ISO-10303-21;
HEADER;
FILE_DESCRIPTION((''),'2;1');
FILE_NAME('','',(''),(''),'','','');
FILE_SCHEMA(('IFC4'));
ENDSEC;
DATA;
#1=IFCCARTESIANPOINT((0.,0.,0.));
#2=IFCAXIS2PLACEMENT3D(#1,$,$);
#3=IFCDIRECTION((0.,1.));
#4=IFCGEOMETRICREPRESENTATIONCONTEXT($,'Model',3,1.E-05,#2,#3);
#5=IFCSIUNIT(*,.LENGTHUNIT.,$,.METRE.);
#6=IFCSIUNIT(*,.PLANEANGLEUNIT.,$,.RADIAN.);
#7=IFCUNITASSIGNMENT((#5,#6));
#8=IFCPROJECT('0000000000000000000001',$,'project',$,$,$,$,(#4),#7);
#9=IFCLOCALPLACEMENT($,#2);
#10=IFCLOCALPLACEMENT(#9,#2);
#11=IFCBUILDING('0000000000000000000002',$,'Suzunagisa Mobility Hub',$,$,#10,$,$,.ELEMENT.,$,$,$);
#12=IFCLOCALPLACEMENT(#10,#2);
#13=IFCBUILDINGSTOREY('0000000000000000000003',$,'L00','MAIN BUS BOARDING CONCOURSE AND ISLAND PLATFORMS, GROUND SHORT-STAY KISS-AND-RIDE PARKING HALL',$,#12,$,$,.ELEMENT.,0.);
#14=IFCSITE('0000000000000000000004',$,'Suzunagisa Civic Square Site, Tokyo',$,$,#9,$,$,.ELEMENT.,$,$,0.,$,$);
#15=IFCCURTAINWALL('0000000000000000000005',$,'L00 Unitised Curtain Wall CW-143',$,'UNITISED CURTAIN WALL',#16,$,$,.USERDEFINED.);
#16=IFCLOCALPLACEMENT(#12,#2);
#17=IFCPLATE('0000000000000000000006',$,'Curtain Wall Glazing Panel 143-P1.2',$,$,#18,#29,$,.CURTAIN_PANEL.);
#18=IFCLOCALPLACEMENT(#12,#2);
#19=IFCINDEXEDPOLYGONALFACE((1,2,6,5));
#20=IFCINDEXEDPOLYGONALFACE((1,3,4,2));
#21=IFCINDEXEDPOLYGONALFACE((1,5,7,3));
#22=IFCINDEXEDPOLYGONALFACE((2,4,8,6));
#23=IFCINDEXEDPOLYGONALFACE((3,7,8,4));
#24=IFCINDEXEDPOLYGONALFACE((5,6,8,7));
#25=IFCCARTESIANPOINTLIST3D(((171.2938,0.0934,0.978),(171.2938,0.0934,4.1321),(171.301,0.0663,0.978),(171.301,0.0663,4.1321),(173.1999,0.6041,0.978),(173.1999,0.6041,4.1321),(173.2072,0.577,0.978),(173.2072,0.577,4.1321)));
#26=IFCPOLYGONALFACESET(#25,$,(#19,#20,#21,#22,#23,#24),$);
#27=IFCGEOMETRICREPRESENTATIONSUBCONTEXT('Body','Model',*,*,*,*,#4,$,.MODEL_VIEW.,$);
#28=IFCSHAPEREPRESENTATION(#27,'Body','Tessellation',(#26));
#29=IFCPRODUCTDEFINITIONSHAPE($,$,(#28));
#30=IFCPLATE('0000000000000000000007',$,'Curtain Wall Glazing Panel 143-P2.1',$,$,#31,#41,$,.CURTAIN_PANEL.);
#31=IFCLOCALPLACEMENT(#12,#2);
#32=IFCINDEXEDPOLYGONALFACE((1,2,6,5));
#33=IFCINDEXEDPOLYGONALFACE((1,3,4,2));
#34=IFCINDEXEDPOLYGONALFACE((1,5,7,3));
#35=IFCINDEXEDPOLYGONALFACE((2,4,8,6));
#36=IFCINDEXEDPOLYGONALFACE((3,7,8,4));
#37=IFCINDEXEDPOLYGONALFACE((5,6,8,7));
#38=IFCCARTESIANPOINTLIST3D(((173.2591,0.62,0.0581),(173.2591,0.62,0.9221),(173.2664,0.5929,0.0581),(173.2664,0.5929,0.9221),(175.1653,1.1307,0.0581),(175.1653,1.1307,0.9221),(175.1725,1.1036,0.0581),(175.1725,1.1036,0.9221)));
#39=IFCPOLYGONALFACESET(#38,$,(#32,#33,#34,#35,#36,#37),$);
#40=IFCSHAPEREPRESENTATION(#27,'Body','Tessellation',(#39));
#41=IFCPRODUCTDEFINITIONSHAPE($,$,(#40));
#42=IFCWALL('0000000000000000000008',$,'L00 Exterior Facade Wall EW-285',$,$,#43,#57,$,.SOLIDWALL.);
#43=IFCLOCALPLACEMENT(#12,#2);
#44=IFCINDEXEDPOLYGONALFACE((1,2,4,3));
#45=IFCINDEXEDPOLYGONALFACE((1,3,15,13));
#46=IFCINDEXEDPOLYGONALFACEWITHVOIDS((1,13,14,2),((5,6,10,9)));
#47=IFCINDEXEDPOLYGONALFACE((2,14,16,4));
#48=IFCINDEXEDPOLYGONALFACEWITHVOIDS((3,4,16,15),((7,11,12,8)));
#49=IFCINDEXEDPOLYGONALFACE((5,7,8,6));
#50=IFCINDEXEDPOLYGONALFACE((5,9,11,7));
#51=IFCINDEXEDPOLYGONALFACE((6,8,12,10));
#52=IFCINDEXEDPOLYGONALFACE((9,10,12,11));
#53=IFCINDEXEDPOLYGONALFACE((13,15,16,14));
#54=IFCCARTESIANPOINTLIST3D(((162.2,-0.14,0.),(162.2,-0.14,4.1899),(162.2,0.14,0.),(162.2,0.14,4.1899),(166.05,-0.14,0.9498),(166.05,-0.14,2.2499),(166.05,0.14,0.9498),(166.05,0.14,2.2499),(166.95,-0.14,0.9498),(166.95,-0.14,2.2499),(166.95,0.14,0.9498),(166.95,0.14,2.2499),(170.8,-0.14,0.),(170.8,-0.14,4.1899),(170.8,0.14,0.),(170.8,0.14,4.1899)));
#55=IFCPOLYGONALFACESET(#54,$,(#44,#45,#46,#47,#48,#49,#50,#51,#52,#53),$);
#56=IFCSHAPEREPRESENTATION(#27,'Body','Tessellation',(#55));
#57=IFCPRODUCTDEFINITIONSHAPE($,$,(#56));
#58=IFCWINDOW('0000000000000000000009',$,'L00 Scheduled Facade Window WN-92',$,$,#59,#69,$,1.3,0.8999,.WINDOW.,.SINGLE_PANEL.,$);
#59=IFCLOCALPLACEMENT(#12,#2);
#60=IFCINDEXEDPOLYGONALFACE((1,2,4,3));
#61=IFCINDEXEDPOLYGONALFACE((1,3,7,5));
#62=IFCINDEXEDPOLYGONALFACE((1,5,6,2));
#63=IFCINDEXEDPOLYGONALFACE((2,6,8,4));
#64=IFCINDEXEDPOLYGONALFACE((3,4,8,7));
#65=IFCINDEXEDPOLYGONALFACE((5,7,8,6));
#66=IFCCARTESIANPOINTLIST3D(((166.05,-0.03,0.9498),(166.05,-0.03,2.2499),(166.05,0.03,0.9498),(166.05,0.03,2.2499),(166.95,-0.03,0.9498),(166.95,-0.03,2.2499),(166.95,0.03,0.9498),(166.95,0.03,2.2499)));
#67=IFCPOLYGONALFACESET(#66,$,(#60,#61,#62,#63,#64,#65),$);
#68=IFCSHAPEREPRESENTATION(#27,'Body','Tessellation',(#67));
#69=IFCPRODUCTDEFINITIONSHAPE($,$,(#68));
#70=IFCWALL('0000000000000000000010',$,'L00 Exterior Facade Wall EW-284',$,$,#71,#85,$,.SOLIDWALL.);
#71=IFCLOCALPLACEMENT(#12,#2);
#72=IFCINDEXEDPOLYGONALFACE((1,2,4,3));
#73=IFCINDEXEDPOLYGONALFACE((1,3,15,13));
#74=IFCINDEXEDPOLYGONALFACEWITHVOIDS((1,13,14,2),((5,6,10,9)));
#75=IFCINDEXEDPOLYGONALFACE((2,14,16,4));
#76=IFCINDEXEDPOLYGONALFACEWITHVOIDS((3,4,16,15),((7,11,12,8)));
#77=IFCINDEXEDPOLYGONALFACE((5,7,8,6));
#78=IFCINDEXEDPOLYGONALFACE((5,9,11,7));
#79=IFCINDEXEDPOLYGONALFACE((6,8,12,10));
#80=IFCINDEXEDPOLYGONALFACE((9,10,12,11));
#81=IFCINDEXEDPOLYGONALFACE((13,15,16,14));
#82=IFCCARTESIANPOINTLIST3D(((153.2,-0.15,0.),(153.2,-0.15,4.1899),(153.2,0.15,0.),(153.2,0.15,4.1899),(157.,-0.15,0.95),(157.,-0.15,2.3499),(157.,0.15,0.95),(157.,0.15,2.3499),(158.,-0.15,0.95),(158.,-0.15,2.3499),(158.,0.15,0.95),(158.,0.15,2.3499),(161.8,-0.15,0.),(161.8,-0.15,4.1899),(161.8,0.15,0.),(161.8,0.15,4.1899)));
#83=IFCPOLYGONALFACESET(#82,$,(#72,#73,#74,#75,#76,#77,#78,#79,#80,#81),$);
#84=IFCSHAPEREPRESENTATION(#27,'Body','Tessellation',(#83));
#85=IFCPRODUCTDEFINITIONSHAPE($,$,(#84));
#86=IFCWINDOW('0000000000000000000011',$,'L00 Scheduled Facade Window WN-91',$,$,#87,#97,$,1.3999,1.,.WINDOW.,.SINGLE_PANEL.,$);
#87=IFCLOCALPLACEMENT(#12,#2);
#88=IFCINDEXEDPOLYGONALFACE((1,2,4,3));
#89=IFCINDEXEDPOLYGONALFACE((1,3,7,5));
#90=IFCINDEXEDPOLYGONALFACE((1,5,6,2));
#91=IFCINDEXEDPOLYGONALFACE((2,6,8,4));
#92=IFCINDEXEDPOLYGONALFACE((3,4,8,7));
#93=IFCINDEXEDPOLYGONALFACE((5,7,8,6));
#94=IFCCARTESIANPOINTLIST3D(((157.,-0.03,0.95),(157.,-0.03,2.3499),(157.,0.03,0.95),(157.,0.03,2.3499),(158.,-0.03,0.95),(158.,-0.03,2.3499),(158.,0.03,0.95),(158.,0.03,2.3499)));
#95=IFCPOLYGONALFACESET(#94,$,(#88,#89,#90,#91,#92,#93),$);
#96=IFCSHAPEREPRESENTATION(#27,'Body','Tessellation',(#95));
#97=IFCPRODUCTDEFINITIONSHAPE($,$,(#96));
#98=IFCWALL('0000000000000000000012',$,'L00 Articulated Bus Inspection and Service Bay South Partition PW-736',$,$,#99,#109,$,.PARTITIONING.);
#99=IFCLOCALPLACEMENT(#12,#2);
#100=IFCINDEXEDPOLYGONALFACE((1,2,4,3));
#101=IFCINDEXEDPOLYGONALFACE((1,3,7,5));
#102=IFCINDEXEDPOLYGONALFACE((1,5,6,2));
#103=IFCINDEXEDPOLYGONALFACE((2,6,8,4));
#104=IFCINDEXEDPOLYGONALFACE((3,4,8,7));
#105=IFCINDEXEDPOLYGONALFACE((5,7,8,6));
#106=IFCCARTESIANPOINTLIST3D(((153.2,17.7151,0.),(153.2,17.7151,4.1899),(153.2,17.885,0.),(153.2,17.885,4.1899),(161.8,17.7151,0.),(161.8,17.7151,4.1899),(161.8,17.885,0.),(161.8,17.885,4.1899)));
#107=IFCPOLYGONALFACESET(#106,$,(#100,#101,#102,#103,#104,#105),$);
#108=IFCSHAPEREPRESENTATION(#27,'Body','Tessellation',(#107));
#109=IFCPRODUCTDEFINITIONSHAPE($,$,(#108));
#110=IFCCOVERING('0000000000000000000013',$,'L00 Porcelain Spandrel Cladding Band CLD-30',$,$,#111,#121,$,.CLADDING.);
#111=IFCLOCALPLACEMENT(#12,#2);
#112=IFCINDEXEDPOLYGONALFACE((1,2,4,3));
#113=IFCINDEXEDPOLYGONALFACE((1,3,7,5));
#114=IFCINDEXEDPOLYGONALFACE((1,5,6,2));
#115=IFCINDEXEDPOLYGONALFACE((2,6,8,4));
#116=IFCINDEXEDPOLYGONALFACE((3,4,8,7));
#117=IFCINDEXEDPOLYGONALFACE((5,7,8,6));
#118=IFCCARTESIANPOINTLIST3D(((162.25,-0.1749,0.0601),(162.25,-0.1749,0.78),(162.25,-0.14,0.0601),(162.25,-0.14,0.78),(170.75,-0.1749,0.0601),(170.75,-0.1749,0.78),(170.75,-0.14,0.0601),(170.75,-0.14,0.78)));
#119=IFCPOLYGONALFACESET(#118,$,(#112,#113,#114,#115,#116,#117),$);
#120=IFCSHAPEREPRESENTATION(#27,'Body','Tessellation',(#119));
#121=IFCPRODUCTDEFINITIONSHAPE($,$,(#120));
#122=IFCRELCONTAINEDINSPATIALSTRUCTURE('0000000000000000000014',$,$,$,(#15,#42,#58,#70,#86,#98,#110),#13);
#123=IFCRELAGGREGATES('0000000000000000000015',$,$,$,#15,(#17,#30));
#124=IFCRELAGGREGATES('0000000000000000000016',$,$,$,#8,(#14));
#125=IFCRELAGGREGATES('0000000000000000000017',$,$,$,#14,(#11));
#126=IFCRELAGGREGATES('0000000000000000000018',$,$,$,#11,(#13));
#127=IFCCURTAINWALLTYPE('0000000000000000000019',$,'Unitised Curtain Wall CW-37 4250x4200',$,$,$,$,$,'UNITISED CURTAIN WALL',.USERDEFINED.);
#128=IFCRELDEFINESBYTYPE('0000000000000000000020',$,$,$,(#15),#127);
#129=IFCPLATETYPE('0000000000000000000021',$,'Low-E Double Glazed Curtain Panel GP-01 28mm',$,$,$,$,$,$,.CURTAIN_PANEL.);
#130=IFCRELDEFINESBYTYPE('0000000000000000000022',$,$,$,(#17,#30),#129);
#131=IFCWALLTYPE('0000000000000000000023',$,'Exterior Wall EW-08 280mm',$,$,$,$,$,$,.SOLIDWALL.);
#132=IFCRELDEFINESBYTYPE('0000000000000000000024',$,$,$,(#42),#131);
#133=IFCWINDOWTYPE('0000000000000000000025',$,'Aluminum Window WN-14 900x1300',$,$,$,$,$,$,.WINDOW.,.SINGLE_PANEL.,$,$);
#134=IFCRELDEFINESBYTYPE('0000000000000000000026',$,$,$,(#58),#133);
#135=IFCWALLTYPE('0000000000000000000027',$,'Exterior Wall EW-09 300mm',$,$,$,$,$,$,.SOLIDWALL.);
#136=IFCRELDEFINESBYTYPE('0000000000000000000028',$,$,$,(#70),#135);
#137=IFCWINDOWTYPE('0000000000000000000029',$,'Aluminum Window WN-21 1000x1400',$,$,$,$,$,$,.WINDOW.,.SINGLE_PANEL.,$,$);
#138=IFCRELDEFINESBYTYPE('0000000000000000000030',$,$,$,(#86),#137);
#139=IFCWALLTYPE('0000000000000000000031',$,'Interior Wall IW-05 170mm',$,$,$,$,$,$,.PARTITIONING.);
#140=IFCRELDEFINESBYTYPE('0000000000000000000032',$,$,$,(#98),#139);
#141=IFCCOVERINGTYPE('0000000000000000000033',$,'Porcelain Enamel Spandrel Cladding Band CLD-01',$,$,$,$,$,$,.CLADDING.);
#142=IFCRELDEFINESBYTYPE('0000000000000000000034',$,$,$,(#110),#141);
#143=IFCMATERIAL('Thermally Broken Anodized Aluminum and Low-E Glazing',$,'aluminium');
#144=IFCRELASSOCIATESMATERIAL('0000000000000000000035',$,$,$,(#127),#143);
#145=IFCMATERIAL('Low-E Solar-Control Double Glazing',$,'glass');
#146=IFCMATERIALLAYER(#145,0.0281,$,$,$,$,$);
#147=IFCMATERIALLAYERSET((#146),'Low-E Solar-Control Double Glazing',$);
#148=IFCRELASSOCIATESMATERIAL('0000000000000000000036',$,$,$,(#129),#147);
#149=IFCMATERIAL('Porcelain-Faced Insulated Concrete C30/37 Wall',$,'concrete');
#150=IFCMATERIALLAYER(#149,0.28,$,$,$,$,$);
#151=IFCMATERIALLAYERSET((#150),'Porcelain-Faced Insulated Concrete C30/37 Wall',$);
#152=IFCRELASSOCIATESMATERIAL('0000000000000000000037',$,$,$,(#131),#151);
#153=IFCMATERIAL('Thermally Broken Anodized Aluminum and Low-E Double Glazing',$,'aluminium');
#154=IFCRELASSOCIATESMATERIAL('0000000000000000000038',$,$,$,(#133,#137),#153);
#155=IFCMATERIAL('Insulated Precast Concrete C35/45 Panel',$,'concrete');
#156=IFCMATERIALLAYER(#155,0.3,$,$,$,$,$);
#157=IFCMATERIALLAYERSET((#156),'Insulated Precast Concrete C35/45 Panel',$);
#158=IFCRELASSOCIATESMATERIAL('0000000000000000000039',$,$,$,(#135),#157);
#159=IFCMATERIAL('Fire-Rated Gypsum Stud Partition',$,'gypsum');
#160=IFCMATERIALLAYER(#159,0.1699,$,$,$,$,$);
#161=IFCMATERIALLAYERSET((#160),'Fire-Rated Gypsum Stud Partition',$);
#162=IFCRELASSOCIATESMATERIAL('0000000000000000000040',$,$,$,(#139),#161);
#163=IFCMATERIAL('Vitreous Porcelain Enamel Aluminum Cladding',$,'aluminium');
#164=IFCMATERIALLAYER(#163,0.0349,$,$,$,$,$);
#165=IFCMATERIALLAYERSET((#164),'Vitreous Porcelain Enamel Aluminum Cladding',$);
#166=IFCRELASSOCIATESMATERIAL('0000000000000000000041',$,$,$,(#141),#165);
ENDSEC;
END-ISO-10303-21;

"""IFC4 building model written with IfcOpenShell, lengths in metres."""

from ifc_helpers import new_model, si_unit, direction, frame, frame_2d, origin, origin_2d, place, context, subcontext, project, spatial, rectangle, extrude, material, layer, layer_set, type_object, element, fill, aggregate, save


model = new_model("IFC4")

# Units and contexts
model_context = context("Model", 3, precision=1e-05, world=origin(), true_north=direction((0.0, 1.0)))
body_context = subcontext(model_context, "Body", "Model", "MODEL_VIEW")
ifc_project = project(units=[si_unit("LENGTHUNIT", "METRE"), si_unit("PLANEANGLEUNIT", "RADIAN")], contexts=[model_context])

# Site, building, storey
site_placement = place(None, origin())
site = spatial("IfcSite", under=ifc_project, at=site_placement, Name="Suzunagisa Civic Square Site, Tokyo", CompositionType="ELEMENT", RefElevation=0.0)
building_placement = place(site_placement, origin())
building = spatial("IfcBuilding", under=site, at=building_placement, Name="Suzunagisa Mobility Hub", CompositionType="ELEMENT")
storey_placement = place(building_placement, origin())
storey = spatial("IfcBuildingStorey", under=building, at=storey_placement, Name="L00", Description="MAIN BUS BOARDING CONCOURSE AND ISLAND PLATFORMS, GROUND SHORT-STAY KISS-AND-RIDE PARKING HALL", CompositionType="ELEMENT", Elevation=0.0)

# Curtain wall
ifc_material_1 = material(Name="Thermally Broken Anodized Aluminum and Low-E Glazing", Category="aluminium")
curtain_wall_type = type_object("IfcCurtainWallType", Name="Unitised Curtain Wall CW-37 4250x4200", ElementType="UNITISED CURTAIN WALL", PredefinedType="USERDEFINED", material=ifc_material_1)
curtain_wall_placement = place(storey_placement, origin())
curtain_wall = element("IfcCurtainWall", 1, at=curtain_wall_placement, inside=storey, type_object=curtain_wall_type, Name="L00 Unitised Curtain Wall CW-143", ObjectType="UNITISED CURTAIN WALL", PredefinedType="USERDEFINED")

# Plates
ifc_material_2 = material(Name="Low-E Solar-Control Double Glazing", Category="glass")
ifc_layer_1 = layer(ifc_material_2, 0.0281)
ifc_layer_set_1 = layer_set([ifc_layer_1], Name="Low-E Solar-Control Double Glazing")
plate_type = type_object("IfcPlateType", Name="Low-E Double Glazed Curtain Panel GP-01 28mm", PredefinedType="CURTAIN_PANEL", material=ifc_layer_set_1)
plate_1_placement = place(storey_placement, frame((172.2505, 0.3352, 0.978), z_axis=(0.0, 0.0, 1.0), x_axis=(0.965927, 0.258814, 0.0)))
plate_1 = element("IfcPlate", 2, at=plate_1_placement, type_object=plate_type, Name="Curtain Wall Glazing Panel 143-P1.2", PredefinedType="CURTAIN_PANEL", context=body_context, shape_type="SweptSolid", body=[
    extrude(rectangle(XDim=1.9734, YDim=0.0281, at=origin_2d()), origin(), (0.0, 0.0, 1.0), 3.1541),
])
plate_2_placement = place(storey_placement, frame((174.2158, 0.8618, 0.0581), z_axis=(0.0, 0.0, 1.0), x_axis=(0.965927, 0.258814, 0.0)))
plate_2 = element("IfcPlate", 3, at=plate_2_placement, type_object=plate_type, Name="Curtain Wall Glazing Panel 143-P2.1", PredefinedType="CURTAIN_PANEL", context=body_context, shape_type="SweptSolid", body=[
    extrude(rectangle(XDim=1.9734, YDim=0.0281, at=origin_2d()), origin(), (0.0, 0.0, 1.0), 0.864),
])
aggregate(curtain_wall, [plate_1, plate_2])

# Walls, openings, windows
ifc_material_3 = material(Name="Porcelain-Faced Insulated Concrete C30/37 Wall", Category="concrete")
ifc_layer_2 = layer(ifc_material_3, 0.28)
ifc_layer_set_2 = layer_set([ifc_layer_2], Name="Porcelain-Faced Insulated Concrete C30/37 Wall")
wall_type_1 = type_object("IfcWallType", Name="Exterior Wall EW-08 280mm", PredefinedType="SOLIDWALL", material=ifc_layer_set_2)
wall_1_placement = place(storey_placement, frame((162.2, 0.0, 0.0), z_axis=(0.0, 0.0, 1.0), x_axis=(1.0, 0.0, 0.0)))
wall_1 = element("IfcWall", 4, at=wall_1_placement, inside=storey, type_object=wall_type_1, Name="L00 Exterior Facade Wall EW-285", PredefinedType="SOLIDWALL", context=body_context, shape_type="SweptSolid", body=[
    extrude(rectangle(XDim=8.6001, YDim=0.28, at=frame_2d((4.3, 0.0))), origin(), (0.0, 0.0, 1.0), 4.1899),
])
opening_1_placement = place(wall_1_placement, frame((3.8501, 0.0, 0.95)))
opening_1 = element("IfcOpeningElement", 5, at=opening_1_placement, cuts=wall_1, PredefinedType="OPENING", context=body_context, shape_type="SweptSolid", body=[
    extrude(rectangle(XDim=0.8999, YDim=1.3, at=frame_2d((0.45, 0.6499))), frame((0.0, 0.1509, 0.0), z_axis=(0.0, -1.0, 0.0), x_axis=(1.0, 0.0, 0.0)), (0.0, 0.0, 1.0), 0.302),
])
ifc_material_4 = material(Name="Thermally Broken Anodized Aluminum and Low-E Double Glazing", Category="aluminium")
window_type_1 = type_object("IfcWindowType", Name="Aluminum Window WN-14 900x1300", PartitioningType="SINGLE_PANEL", PredefinedType="WINDOW", material=ifc_material_4)
window_1_placement = place(opening_1_placement, origin())
window_1 = element("IfcWindow", 6, at=window_1_placement, inside=storey, type_object=window_type_1, Name="L00 Scheduled Facade Window WN-92", OverallHeight=1.3, OverallWidth=0.8999, PartitioningType="SINGLE_PANEL", PredefinedType="WINDOW", context=body_context, shape_type="SweptSolid", body=[
    extrude(rectangle(XDim=0.8999, YDim=1.3, at=frame_2d((0.45, 0.6499))), frame((0.0, 0.03, 0.0), z_axis=(0.0, -1.0, 0.0), x_axis=(1.0, 0.0, 0.0)), (0.0, 0.0, 1.0), 0.0601),
])
fill(opening_1, window_1)
ifc_material_5 = material(Name="Insulated Precast Concrete C35/45 Panel", Category="concrete")
ifc_layer_3 = layer(ifc_material_5, 0.3)
ifc_layer_set_3 = layer_set([ifc_layer_3], Name="Insulated Precast Concrete C35/45 Panel")
wall_type_2 = type_object("IfcWallType", Name="Exterior Wall EW-09 300mm", PredefinedType="SOLIDWALL", material=ifc_layer_set_3)
wall_2_placement = place(storey_placement, frame((153.2, 0.0, 0.0), z_axis=(0.0, 0.0, 1.0), x_axis=(1.0, 0.0, 0.0)))
wall_2 = element("IfcWall", 7, at=wall_2_placement, inside=storey, type_object=wall_type_2, Name="L00 Exterior Facade Wall EW-284", PredefinedType="SOLIDWALL", context=body_context, shape_type="SweptSolid", body=[
    extrude(rectangle(XDim=8.6001, YDim=0.3, at=frame_2d((4.3, 0.0))), origin(), (0.0, 0.0, 1.0), 4.1899),
])
opening_2_placement = place(wall_2_placement, frame((3.8, 0.0, 0.95)))
opening_2 = element("IfcOpeningElement", 8, at=opening_2_placement, cuts=wall_2, PredefinedType="OPENING", context=body_context, shape_type="SweptSolid", body=[
    extrude(rectangle(XDim=1.0, YDim=1.3999, at=frame_2d((0.5, 0.7))), frame((0.0, 0.1611, 0.0), z_axis=(0.0, -1.0, 0.0), x_axis=(1.0, 0.0, 0.0)), (0.0, 0.0, 1.0), 0.322),
])
window_type_2 = type_object("IfcWindowType", Name="Aluminum Window WN-21 1000x1400", PartitioningType="SINGLE_PANEL", PredefinedType="WINDOW", material=ifc_material_4)
window_2_placement = place(opening_2_placement, origin())
window_2 = element("IfcWindow", 9, at=window_2_placement, inside=storey, type_object=window_type_2, Name="L00 Scheduled Facade Window WN-91", OverallHeight=1.3999, OverallWidth=1.0, PartitioningType="SINGLE_PANEL", PredefinedType="WINDOW", context=body_context, shape_type="SweptSolid", body=[
    extrude(rectangle(XDim=1.0, YDim=1.3999, at=frame_2d((0.5, 0.7))), frame((0.0, 0.03, 0.0), z_axis=(0.0, -1.0, 0.0), x_axis=(1.0, 0.0, 0.0)), (0.0, 0.0, 1.0), 0.0601),
])
fill(opening_2, window_2)

# Wall
ifc_material_6 = material(Name="Fire-Rated Gypsum Stud Partition", Category="gypsum")
ifc_layer_4 = layer(ifc_material_6, 0.1699)
ifc_layer_set_4 = layer_set([ifc_layer_4], Name="Fire-Rated Gypsum Stud Partition")
wall_type_3 = type_object("IfcWallType", Name="Interior Wall IW-05 170mm", PredefinedType="PARTITIONING", material=ifc_layer_set_4)
wall_3_placement = place(storey_placement, frame((153.2, 17.8, 0.0), z_axis=(0.0, 0.0, 1.0), x_axis=(1.0, 0.0, 0.0)))
element("IfcWall", 10, at=wall_3_placement, inside=storey, type_object=wall_type_3, Name="L00 Articulated Bus Inspection and Service Bay South Partition PW-736", PredefinedType="PARTITIONING", context=body_context, shape_type="SweptSolid", body=[
    extrude(rectangle(XDim=8.6001, YDim=0.1699, at=frame_2d((4.3, 0.0))), origin(), (0.0, 0.0, 1.0), 4.1899),
])

# Covering
ifc_material_7 = material(Name="Vitreous Porcelain Enamel Aluminum Cladding", Category="aluminium")
ifc_layer_5 = layer(ifc_material_7, 0.0349)
ifc_layer_set_5 = layer_set([ifc_layer_5], Name="Vitreous Porcelain Enamel Aluminum Cladding")
covering_type = type_object("IfcCoveringType", Name="Porcelain Enamel Spandrel Cladding Band CLD-01", PredefinedType="CLADDING", material=ifc_layer_set_5)
covering_placement = place(storey_placement, frame((166.5, -0.1575, 0.0601), z_axis=(0.0, 0.0, 1.0), x_axis=(1.0, 0.0, 0.0)))
element("IfcCovering", 11, at=covering_placement, inside=storey, type_object=covering_type, Name="L00 Porcelain Spandrel Cladding Band CLD-30", PredefinedType="CLADDING", context=body_context, shape_type="SweptSolid", body=[
    extrude(rectangle(XDim=8.5, YDim=0.0349, at=origin_2d()), origin(), (0.0, 0.0, 1.0), 0.72),
])

save(model, "model.ifc")
